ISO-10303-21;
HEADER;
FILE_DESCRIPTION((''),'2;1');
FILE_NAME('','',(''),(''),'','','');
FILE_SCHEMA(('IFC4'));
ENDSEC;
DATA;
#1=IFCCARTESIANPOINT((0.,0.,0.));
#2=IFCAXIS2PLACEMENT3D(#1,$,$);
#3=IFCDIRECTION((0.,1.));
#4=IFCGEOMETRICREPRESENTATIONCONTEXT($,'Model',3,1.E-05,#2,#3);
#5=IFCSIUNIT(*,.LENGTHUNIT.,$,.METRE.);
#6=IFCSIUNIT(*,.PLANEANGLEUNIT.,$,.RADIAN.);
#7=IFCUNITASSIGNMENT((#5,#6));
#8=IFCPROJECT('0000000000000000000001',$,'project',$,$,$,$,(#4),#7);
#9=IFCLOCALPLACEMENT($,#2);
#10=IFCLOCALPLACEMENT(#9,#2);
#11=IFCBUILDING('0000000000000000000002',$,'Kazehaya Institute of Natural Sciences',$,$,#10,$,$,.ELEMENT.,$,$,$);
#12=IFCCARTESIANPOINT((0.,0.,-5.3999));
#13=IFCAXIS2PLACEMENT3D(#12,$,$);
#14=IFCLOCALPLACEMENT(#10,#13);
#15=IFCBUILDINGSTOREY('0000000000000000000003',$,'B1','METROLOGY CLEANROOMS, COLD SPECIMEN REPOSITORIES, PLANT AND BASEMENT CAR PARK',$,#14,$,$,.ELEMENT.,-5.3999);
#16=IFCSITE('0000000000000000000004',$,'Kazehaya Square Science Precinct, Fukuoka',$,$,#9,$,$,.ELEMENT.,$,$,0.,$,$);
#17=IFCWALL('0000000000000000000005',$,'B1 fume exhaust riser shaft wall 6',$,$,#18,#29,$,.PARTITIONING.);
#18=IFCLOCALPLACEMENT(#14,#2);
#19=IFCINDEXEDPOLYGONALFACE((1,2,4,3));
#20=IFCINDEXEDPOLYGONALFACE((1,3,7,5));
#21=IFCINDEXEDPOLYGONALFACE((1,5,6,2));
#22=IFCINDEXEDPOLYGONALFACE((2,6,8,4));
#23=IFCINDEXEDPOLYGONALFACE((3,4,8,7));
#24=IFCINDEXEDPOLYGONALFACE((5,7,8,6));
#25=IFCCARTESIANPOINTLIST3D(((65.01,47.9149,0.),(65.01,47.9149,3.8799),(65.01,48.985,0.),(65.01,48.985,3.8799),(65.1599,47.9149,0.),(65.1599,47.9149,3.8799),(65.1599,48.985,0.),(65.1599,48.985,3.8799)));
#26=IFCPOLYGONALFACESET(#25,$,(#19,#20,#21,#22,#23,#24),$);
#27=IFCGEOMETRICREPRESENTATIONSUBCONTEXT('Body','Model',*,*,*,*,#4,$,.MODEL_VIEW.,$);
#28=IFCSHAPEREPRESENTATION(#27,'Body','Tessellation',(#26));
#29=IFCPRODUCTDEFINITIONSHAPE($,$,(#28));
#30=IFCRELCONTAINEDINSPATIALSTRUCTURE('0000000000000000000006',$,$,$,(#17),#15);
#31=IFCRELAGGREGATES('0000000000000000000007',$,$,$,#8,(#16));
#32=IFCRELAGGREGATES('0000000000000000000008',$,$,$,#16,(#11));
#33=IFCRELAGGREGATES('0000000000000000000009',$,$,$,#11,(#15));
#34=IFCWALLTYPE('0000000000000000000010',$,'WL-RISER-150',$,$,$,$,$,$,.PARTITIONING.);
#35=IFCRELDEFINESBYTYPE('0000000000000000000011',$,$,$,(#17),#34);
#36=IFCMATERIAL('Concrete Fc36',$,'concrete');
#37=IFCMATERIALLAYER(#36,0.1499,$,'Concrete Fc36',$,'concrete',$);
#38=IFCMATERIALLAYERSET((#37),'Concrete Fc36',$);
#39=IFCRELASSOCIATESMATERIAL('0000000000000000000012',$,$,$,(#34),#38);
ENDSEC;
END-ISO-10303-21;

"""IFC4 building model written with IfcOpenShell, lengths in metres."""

from ifc_helpers import new_model, si_unit, direction, frame, frame_2d, origin, place, context, subcontext, project, spatial, rectangle, extrude, material, layer, layer_set, type_object, element, save


model = new_model("IFC4")

# Units and contexts
model_context = context("Model", 3, precision=1e-05, world=origin(), true_north=direction((0.0, 1.0)))
body_context = subcontext(model_context, "Body", "Model", "MODEL_VIEW")
ifc_project = project(units=[si_unit("LENGTHUNIT", "METRE"), si_unit("PLANEANGLEUNIT", "RADIAN")], contexts=[model_context])

# Site, building, storey
site_placement = place(None, origin())
site = spatial("IfcSite", under=ifc_project, at=site_placement, Name="Kazehaya Square Science Precinct, Fukuoka", CompositionType="ELEMENT", RefElevation=0.0)
building_placement = place(site_placement, origin())
building = spatial("IfcBuilding", under=site, at=building_placement, Name="Kazehaya Institute of Natural Sciences", CompositionType="ELEMENT")
storey_placement = place(building_placement, frame((0.0, 0.0, -5.3999)))
storey = spatial("IfcBuildingStorey", under=building, at=storey_placement, Name="B1", Description="METROLOGY CLEANROOMS, COLD SPECIMEN REPOSITORIES, PLANT AND BASEMENT CAR PARK", CompositionType="ELEMENT", Elevation=-5.3999)

# Shared definitions
ifc_material_1 = material(Name="Concrete Fc36", Category="concrete")

# Wall
ifc_layer_1 = layer(ifc_material_1, 0.1499, Name="Concrete Fc36", Category="concrete")
ifc_layer_set_1 = layer_set([ifc_layer_1], Name="Concrete Fc36")
wall_type_1 = type_object("IfcWallType", Name="WL-RISER-150", PredefinedType="PARTITIONING", material=ifc_layer_set_1)
for number, where, z_axis, x_axis, name in (
    (1, (65.085, 48.9851, 0.0), (0.0, 0.0, 1.0), (0.0, -1.0, 0.0), "B1 fume exhaust riser shaft wall 6"),
):
    element("IfcWall", number, at=place(storey_placement, frame(where, z_axis=z_axis, x_axis=x_axis)), inside=storey, type_object=wall_type_1, Name=name, PredefinedType="PARTITIONING", context=body_context, shape_type="SweptSolid", body=[
        extrude(rectangle(XDim=1.0701, YDim=0.1499, at=frame_2d((0.5352, 0.0))), origin(), (0.0, 0.0, 1.0), 3.8799),
    ])

save(model, "model.ifc")
